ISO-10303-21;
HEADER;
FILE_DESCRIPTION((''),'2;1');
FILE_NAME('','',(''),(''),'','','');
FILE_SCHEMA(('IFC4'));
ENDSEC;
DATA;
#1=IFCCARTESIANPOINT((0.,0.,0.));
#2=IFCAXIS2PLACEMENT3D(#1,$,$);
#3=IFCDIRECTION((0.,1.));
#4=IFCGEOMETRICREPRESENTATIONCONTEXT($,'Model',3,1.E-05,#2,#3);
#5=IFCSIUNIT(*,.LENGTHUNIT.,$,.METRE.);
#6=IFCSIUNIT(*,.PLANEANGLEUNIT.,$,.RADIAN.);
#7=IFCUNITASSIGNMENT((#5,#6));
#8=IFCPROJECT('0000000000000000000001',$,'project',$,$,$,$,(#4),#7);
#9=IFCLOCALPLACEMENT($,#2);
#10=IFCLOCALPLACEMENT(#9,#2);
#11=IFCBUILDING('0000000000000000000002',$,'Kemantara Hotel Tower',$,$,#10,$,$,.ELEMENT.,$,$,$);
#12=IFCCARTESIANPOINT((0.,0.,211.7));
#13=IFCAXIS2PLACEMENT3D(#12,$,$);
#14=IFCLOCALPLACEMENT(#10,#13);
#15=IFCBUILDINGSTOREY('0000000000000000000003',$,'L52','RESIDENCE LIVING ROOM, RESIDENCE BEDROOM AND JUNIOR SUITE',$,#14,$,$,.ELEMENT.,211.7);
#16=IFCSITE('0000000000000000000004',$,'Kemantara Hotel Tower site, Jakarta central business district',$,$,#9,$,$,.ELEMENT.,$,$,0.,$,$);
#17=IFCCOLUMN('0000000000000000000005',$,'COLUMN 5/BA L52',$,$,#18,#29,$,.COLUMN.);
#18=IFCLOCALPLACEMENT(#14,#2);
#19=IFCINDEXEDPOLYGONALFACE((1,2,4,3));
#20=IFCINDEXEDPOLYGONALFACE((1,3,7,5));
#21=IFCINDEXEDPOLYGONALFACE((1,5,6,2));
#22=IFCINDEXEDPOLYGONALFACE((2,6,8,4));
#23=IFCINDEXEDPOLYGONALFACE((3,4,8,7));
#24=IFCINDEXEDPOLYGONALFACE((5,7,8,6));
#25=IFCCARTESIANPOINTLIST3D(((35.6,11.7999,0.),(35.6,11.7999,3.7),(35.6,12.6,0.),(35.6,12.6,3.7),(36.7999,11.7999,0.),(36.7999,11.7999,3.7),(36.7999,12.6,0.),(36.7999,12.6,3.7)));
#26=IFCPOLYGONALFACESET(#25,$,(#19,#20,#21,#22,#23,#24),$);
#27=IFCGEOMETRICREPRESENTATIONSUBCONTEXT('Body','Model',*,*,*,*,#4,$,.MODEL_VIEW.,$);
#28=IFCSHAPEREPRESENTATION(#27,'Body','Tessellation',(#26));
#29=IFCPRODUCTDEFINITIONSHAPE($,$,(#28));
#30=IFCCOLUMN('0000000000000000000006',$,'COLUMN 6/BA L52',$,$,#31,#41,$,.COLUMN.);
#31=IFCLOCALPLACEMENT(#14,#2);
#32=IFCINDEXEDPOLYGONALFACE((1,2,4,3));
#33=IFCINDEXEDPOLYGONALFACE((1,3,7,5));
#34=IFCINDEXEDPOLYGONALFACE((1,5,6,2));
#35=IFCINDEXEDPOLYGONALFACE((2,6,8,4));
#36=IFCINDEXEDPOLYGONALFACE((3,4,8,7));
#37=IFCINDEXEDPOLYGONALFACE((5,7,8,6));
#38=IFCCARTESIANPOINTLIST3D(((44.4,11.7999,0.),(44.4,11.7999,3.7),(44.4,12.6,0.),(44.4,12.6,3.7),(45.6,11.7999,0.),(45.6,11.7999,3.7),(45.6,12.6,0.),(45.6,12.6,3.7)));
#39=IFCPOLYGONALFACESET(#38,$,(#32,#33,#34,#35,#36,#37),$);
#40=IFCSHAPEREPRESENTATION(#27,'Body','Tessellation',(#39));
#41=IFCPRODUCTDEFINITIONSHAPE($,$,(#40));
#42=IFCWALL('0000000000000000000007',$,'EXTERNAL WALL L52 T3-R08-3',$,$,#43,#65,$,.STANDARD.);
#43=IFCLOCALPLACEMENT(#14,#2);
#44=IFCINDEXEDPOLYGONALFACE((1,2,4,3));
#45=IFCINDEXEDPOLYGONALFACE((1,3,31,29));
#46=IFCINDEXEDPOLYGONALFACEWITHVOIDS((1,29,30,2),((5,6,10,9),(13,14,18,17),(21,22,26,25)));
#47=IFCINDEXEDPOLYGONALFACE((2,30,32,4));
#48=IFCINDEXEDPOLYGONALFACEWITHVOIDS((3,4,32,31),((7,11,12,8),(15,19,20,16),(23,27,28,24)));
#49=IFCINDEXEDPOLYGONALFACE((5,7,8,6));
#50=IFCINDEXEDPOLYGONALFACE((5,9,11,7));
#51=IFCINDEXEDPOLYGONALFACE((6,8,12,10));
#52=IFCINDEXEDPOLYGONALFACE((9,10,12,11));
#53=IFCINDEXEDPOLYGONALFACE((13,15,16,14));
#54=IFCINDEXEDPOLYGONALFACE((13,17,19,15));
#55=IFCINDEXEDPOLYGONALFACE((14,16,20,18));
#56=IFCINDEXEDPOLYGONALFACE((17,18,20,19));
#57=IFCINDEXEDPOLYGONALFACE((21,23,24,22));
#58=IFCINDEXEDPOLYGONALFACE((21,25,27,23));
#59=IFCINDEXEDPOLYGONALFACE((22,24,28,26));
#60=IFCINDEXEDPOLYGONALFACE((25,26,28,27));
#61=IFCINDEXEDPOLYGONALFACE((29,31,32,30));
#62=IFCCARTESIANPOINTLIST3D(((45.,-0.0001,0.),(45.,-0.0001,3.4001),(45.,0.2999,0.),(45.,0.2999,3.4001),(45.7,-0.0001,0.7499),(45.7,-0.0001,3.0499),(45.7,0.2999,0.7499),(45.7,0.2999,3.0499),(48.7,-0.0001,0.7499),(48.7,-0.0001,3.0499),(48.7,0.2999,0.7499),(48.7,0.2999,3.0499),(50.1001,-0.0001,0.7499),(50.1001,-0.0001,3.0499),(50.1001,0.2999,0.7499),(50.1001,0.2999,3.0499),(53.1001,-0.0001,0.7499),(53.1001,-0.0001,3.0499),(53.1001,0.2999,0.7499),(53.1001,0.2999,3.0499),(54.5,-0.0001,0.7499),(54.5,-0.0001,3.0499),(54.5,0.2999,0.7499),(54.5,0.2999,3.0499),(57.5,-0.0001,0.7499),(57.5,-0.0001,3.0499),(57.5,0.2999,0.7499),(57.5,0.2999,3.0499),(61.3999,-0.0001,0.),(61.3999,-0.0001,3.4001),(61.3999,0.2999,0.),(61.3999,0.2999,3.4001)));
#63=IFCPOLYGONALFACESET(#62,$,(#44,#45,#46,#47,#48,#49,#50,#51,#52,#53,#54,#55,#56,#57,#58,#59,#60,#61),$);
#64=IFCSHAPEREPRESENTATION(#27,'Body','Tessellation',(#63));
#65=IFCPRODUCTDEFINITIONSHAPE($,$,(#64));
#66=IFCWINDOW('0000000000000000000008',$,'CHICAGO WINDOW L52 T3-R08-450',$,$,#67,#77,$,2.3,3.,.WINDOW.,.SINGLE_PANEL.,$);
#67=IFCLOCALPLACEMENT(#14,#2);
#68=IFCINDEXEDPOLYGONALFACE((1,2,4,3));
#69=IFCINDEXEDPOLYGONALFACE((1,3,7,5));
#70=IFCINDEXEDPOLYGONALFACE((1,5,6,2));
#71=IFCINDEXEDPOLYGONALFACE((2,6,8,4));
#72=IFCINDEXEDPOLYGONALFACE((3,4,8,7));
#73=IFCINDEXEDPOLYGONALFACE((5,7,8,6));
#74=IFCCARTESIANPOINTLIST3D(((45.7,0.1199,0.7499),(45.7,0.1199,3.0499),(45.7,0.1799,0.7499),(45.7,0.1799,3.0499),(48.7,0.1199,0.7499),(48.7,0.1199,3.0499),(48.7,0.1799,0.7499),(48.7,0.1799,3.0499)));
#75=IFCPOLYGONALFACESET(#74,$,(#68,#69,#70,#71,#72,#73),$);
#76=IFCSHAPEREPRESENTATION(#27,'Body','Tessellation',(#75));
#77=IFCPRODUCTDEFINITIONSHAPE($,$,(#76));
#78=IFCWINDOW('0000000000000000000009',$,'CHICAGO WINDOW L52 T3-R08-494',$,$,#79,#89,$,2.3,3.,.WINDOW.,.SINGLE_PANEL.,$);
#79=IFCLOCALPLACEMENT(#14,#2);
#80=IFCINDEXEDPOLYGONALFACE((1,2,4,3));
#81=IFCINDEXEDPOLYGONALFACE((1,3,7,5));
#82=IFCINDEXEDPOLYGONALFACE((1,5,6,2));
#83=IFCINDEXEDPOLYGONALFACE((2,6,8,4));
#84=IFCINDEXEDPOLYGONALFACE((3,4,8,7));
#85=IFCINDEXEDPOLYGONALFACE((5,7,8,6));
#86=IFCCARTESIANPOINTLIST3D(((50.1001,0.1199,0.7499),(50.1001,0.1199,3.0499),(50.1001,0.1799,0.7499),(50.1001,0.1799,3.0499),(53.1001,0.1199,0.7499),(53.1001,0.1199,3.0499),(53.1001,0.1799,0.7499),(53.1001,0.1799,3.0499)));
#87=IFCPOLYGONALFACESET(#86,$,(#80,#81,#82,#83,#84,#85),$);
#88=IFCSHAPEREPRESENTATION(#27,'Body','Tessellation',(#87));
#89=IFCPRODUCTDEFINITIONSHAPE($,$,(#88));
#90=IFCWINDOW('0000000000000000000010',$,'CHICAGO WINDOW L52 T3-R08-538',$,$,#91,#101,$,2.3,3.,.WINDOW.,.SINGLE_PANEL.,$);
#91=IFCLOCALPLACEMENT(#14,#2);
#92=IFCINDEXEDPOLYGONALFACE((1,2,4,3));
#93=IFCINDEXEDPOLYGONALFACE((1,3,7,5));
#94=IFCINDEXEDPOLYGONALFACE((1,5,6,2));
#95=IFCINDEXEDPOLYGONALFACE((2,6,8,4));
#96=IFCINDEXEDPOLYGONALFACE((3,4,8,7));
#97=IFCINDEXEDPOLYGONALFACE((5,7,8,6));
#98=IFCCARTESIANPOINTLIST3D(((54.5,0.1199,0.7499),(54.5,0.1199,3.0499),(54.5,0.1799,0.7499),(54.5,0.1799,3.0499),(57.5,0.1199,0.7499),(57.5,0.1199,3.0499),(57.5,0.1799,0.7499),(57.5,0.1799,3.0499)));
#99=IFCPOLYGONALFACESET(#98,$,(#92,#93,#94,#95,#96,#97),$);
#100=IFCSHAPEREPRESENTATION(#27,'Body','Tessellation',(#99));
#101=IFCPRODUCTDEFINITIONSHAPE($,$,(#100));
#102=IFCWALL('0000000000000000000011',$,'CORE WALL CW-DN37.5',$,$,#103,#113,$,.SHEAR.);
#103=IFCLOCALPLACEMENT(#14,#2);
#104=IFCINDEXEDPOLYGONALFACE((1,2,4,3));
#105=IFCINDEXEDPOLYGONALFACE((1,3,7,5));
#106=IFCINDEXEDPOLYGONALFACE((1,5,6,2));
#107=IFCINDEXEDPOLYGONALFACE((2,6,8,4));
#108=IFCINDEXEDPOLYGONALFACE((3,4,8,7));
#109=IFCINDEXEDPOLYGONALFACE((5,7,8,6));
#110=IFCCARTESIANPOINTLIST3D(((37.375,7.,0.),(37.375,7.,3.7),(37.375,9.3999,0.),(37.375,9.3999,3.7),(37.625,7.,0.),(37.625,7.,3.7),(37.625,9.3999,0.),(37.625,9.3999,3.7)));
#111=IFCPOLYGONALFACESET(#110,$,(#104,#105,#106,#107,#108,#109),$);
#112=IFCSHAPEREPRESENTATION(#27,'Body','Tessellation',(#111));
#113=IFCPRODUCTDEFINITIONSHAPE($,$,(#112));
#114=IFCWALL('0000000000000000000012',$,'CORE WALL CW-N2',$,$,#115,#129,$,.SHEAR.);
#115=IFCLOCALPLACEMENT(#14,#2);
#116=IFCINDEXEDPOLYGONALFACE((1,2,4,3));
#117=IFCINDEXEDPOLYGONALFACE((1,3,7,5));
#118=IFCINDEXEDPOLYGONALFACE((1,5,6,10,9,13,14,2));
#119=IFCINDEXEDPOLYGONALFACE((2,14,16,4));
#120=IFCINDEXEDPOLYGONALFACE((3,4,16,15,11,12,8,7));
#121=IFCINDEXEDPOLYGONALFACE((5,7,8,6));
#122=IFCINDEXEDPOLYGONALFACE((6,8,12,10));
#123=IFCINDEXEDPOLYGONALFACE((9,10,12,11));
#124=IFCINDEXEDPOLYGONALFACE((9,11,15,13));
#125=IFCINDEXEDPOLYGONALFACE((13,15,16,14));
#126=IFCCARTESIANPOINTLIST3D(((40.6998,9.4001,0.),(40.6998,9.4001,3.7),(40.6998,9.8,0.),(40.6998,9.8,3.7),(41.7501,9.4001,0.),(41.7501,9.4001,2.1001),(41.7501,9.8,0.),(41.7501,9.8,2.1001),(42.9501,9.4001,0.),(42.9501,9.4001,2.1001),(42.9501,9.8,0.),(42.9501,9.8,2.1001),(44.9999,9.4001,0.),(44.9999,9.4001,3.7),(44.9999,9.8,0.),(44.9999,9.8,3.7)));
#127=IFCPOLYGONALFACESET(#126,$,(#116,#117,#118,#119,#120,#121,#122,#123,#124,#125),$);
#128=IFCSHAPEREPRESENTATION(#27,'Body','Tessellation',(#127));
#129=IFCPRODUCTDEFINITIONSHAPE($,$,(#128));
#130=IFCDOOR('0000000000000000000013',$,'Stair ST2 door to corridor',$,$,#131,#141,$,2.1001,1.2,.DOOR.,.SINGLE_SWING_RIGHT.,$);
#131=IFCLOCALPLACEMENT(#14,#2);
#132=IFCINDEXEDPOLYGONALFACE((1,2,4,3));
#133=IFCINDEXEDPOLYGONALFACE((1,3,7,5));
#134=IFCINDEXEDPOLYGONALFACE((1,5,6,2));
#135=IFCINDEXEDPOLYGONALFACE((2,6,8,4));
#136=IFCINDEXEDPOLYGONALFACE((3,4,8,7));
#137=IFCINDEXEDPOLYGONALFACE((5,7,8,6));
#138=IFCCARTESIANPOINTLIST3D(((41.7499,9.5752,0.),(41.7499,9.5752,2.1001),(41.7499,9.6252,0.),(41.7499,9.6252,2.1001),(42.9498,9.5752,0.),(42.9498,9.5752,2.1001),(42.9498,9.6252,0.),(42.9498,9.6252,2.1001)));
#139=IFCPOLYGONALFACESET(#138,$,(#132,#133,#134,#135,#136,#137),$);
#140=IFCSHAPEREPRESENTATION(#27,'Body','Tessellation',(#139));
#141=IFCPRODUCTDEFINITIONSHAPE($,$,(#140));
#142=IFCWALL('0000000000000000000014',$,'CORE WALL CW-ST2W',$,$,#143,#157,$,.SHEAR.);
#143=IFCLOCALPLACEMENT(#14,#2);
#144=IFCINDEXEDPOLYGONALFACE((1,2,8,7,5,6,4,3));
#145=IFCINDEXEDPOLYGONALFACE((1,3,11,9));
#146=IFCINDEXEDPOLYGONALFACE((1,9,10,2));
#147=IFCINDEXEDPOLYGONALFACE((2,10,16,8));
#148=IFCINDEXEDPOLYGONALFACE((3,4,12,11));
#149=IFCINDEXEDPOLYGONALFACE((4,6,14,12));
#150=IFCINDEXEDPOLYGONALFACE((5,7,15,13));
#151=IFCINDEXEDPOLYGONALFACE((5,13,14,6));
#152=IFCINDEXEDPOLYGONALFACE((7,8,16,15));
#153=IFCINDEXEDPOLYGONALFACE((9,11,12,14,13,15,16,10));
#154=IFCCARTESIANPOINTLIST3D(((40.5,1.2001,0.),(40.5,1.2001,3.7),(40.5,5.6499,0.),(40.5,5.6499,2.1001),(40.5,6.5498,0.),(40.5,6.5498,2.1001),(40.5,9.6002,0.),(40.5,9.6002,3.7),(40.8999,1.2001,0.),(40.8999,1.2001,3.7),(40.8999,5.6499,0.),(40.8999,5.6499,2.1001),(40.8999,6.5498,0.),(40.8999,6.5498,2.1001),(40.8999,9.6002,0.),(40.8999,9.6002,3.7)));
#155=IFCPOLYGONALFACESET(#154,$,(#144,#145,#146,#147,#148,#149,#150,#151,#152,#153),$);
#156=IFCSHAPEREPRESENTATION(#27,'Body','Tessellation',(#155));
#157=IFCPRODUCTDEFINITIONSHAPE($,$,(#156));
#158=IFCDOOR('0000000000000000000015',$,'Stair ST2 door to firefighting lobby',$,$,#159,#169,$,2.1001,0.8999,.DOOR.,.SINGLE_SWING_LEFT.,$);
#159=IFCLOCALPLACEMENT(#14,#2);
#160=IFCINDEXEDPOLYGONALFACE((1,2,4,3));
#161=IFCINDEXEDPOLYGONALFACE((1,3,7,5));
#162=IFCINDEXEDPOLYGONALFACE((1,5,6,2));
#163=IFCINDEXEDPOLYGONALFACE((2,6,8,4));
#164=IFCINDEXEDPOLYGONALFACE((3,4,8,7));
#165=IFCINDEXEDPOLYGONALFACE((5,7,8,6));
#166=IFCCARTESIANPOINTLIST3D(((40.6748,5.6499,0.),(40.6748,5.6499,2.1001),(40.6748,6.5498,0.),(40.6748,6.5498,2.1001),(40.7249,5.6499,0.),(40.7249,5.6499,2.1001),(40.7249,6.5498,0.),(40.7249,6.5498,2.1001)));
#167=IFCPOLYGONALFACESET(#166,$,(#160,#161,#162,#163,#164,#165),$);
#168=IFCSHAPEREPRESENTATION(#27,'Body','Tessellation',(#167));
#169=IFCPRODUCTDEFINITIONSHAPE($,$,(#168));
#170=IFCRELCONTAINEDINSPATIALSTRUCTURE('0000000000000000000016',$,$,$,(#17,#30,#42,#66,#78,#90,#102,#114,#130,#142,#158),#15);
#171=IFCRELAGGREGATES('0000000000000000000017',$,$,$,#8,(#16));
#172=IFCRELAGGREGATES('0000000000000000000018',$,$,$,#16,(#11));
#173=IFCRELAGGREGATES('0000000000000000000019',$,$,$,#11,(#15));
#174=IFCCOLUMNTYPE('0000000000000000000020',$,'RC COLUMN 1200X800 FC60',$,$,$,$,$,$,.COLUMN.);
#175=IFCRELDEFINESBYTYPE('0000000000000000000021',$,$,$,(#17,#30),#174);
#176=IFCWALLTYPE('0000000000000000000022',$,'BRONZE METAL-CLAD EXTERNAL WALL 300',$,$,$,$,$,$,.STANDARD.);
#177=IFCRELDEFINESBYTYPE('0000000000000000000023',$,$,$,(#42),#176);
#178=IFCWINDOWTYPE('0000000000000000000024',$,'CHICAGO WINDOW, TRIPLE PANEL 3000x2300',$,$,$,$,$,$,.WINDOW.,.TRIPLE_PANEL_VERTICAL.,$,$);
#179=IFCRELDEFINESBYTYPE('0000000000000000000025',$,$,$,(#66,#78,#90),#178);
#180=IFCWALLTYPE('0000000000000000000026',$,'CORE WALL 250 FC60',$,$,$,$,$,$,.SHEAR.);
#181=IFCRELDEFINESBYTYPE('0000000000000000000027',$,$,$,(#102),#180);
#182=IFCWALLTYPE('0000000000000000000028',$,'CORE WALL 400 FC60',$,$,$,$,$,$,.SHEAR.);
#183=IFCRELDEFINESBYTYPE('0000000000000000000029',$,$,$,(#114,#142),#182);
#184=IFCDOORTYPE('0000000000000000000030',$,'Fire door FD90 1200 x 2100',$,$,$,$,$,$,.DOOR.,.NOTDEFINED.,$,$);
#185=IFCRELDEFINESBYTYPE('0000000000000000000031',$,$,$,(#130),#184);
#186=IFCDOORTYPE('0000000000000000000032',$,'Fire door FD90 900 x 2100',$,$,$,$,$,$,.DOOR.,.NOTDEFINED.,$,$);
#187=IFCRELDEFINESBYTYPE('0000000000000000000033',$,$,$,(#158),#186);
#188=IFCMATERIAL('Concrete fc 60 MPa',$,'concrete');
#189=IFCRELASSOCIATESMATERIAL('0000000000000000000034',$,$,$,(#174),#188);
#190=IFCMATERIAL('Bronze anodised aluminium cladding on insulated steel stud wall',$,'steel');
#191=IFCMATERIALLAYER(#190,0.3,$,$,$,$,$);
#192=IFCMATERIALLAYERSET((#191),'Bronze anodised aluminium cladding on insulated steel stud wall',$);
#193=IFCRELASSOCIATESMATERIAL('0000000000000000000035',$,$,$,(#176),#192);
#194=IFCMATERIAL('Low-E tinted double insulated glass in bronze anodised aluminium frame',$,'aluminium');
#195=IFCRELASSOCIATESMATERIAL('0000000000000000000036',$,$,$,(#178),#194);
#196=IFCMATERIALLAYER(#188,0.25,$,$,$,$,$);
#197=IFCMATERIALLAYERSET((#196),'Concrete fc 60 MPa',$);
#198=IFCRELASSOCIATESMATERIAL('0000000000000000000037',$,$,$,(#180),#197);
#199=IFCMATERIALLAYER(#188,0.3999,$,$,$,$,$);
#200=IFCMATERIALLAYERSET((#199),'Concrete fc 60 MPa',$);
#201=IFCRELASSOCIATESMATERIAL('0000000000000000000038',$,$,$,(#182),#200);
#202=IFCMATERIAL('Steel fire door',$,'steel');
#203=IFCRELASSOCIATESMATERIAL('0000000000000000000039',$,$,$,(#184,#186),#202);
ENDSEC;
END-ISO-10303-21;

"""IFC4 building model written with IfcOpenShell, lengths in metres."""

from ifc_helpers import new_model, si_unit, direction, frame, frame_2d, origin, origin_2d, place, context, subcontext, project, spatial, rectangle, extrude, material, layer, layer_set, material_profile, profile_set, type_object, element, fill, save


model = new_model("IFC4")

# Units and contexts
model_context = context("Model", 3, precision=1e-05, world=origin(), true_north=direction((0.0, 1.0)))
body_context = subcontext(model_context, "Body", "Model", "MODEL_VIEW")
ifc_project = project(units=[si_unit("LENGTHUNIT", "METRE"), si_unit("PLANEANGLEUNIT", "RADIAN")], contexts=[model_context])

# Site, building, storey
site_placement = place(None, origin())
site = spatial("IfcSite", under=ifc_project, at=site_placement, Name="Kemantara Hotel Tower site, Jakarta central business district", CompositionType="ELEMENT", RefElevation=0.0)
building_placement = place(site_placement, origin())
building = spatial("IfcBuilding", under=site, at=building_placement, Name="Kemantara Hotel Tower", CompositionType="ELEMENT")
storey_placement = place(building_placement, frame((0.0, 0.0, 211.7)))
storey = spatial("IfcBuildingStorey", under=building, at=storey_placement, Name="L52", Description="RESIDENCE LIVING ROOM, RESIDENCE BEDROOM AND JUNIOR SUITE", CompositionType="ELEMENT", Elevation=211.7)

# Columns
ifc_material_1 = material(Name="Concrete fc 60 MPa", Category="concrete")
ifc_material_profile = material_profile(ifc_material_1, rectangle(XDim=1.2, YDim=0.8, at=origin_2d()), Name="RC 1200X800")
ifc_profile_set = profile_set([ifc_material_profile], Name="Concrete fc 60 MPa")
column_type = type_object("IfcColumnType", Name="RC COLUMN 1200X800 FC60", PredefinedType="COLUMN", material=ifc_profile_set)
for number, where, z_axis, x_axis, name in (
    (1, (36.2, 12.2, 0.0), (0.0, 0.0, 1.0), (1.0, 0.0, 0.0), "COLUMN 5/BA L52"),
    (2, (45.0, 12.2, 0.0), (0.0, 0.0, 1.0), (1.0, 0.0, 0.0), "COLUMN 6/BA L52"),
):
    element("IfcColumn", number, at=place(storey_placement, frame(where, z_axis=z_axis, x_axis=x_axis)), inside=storey, type_object=column_type, Name=name, PredefinedType="COLUMN", context=body_context, shape_type="SweptSolid", body=[
        extrude(rectangle(XDim=1.2, YDim=0.8, at=origin_2d()), origin(), (0.0, 0.0, 1.0), 3.7),
    ])

# Wall, openings, windows
ifc_material_2 = material(Name="Bronze anodised aluminium cladding on insulated steel stud wall", Category="steel")
ifc_layer_1 = layer(ifc_material_2, 0.3)
ifc_layer_set_1 = layer_set([ifc_layer_1], Name="Bronze anodised aluminium cladding on insulated steel stud wall")
wall_type_1 = type_object("IfcWallType", Name="BRONZE METAL-CLAD EXTERNAL WALL 300", PredefinedType="STANDARD", material=ifc_layer_set_1)
wall_1_placement = place(storey_placement, frame((45.0, 0.1499, 0.0), z_axis=(0.0, 0.0, 1.0), x_axis=(1.0, 0.0, 0.0)))
wall_1 = element("IfcWall", 3, at=wall_1_placement, inside=storey, type_object=wall_type_1, Name="EXTERNAL WALL L52 T3-R08-3", PredefinedType="STANDARD", context=body_context, shape_type="SweptSolid", body=[
    extrude(rectangle(XDim=16.3999, YDim=0.3, at=frame_2d((8.2, 0.0))), origin(), (0.0, 0.0, 1.0), 3.4001),
])
opening_1_placement = place(wall_1_placement, frame((0.7, 0.0, 0.75)))
opening_1 = element("IfcOpeningElement", 4, at=opening_1_placement, cuts=wall_1, PredefinedType="OPENING", context=body_context, shape_type="SweptSolid", body=[
    extrude(rectangle(XDim=3.0, YDim=2.3, at=frame_2d((1.5, 1.1499))), frame((0.0, 0.1599, 0.0), z_axis=(0.0, -1.0, 0.0), x_axis=(1.0, 0.0, 0.0)), (0.0, 0.0, 1.0), 0.3201),
])
opening_2_placement = place(wall_1_placement, frame((5.1001, 0.0, 0.75)))
opening_2 = element("IfcOpeningElement", 5, at=opening_2_placement, cuts=wall_1, PredefinedType="OPENING", context=body_context, shape_type="SweptSolid", body=[
    extrude(rectangle(XDim=3.0, YDim=2.3, at=frame_2d((1.5, 1.1499))), frame((0.0, 0.1599, 0.0), z_axis=(0.0, -1.0, 0.0), x_axis=(1.0, 0.0, 0.0)), (0.0, 0.0, 1.0), 0.3201),
])
opening_3_placement = place(wall_1_placement, frame((9.5, 0.0, 0.75)))
opening_3 = element("IfcOpeningElement", 6, at=opening_3_placement, cuts=wall_1, PredefinedType="OPENING", context=body_context, shape_type="SweptSolid", body=[
    extrude(rectangle(XDim=3.0, YDim=2.3, at=frame_2d((1.5, 1.1499))), frame((0.0, 0.1599, 0.0), z_axis=(0.0, -1.0, 0.0), x_axis=(1.0, 0.0, 0.0)), (0.0, 0.0, 1.0), 0.3201),
])
ifc_material_3 = material(Name="Low-E tinted double insulated glass in bronze anodised aluminium frame", Category="aluminium")
window_type = type_object("IfcWindowType", Name="CHICAGO WINDOW, TRIPLE PANEL 3000x2300", PartitioningType="TRIPLE_PANEL_VERTICAL", PredefinedType="WINDOW", material=ifc_material_3)
window_1_placement = place(opening_1_placement, origin())
window_1 = element("IfcWindow", 7, at=window_1_placement, inside=storey, type_object=window_type, Name="CHICAGO WINDOW L52 T3-R08-450", OverallHeight=2.3, OverallWidth=3.0, PartitioningType="SINGLE_PANEL", PredefinedType="WINDOW", context=body_context, shape_type="SweptSolid", body=[
    extrude(rectangle(XDim=3.0, YDim=2.3, at=frame_2d((1.5, 1.1499))), frame((0.0, 0.03, 0.0), z_axis=(0.0, -1.0, 0.0), x_axis=(1.0, 0.0, 0.0)), (0.0, 0.0, 1.0), 0.0601),
])
fill(opening_1, window_1)
window_2_placement = place(opening_2_placement, origin())
window_2 = element("IfcWindow", 8, at=window_2_placement, inside=storey, type_object=window_type, Name="CHICAGO WINDOW L52 T3-R08-494", OverallHeight=2.3, OverallWidth=3.0, PartitioningType="SINGLE_PANEL", PredefinedType="WINDOW", context=body_context, shape_type="SweptSolid", body=[
    extrude(rectangle(XDim=3.0, YDim=2.3, at=frame_2d((1.5, 1.1499))), frame((0.0, 0.03, 0.0), z_axis=(0.0, -1.0, 0.0), x_axis=(1.0, 0.0, 0.0)), (0.0, 0.0, 1.0), 0.0601),
])
fill(opening_2, window_2)
window_3_placement = place(opening_3_placement, origin())
window_3 = element("IfcWindow", 9, at=window_3_placement, inside=storey, type_object=window_type, Name="CHICAGO WINDOW L52 T3-R08-538", OverallHeight=2.3, OverallWidth=3.0, PartitioningType="SINGLE_PANEL", PredefinedType="WINDOW", context=body_context, shape_type="SweptSolid", body=[
    extrude(rectangle(XDim=3.0, YDim=2.3, at=frame_2d((1.5, 1.1499))), frame((0.0, 0.03, 0.0), z_axis=(0.0, -1.0, 0.0), x_axis=(1.0, 0.0, 0.0)), (0.0, 0.0, 1.0), 0.0601),
])
fill(opening_3, window_3)

# Wall
ifc_layer_2 = layer(ifc_material_1, 0.25)
ifc_layer_set_2 = layer_set([ifc_layer_2], Name="Concrete fc 60 MPa")
wall_type_2 = type_object("IfcWallType", Name="CORE WALL 250 FC60", PredefinedType="SHEAR", material=ifc_layer_set_2)
wall_2_placement = place(storey_placement, frame((37.5, 7.0, 0.0), z_axis=(0.0, 0.0, 1.0), x_axis=(0.0, 1.0, 0.0)))
element("IfcWall", 10, at=wall_2_placement, inside=storey, type_object=wall_type_2, Name="CORE WALL CW-DN37.5", PredefinedType="SHEAR", context=body_context, shape_type="SweptSolid", body=[
    extrude(rectangle(XDim=2.3999, YDim=0.25, at=frame_2d((1.2, 0.0))), origin(), (0.0, 0.0, 1.0), 3.7),
])

# Walls, openings, doors
ifc_layer_3 = layer(ifc_material_1, 0.3999)
ifc_layer_set_3 = layer_set([ifc_layer_3], Name="Concrete fc 60 MPa")
wall_type_3 = type_object("IfcWallType", Name="CORE WALL 400 FC60", PredefinedType="SHEAR", material=ifc_layer_set_3)
wall_3_placement = place(storey_placement, frame((40.7, 9.6001, 0.0), z_axis=(0.0, 0.0, 1.0), x_axis=(1.0, 0.0, 0.0)))
wall_3 = element("IfcWall", 11, at=wall_3_placement, inside=storey, type_object=wall_type_3, Name="CORE WALL CW-N2", PredefinedType="SHEAR", context=body_context, shape_type="SweptSolid", body=[
    extrude(rectangle(XDim=4.3, YDim=0.3999, at=frame_2d((2.1499, 0.0))), origin(), (0.0, 0.0, 1.0), 3.7),
])
opening_4_placement = place(wall_3_placement, frame((1.05, 0.0, 0.0)))
opening_4 = element("IfcOpeningElement", 12, at=opening_4_placement, cuts=wall_3, PredefinedType="OPENING", context=body_context, shape_type="SweptSolid", body=[
    extrude(rectangle(XDim=1.2, YDim=2.1001, at=frame_2d((0.6001, 1.05))), frame((0.0, 0.21, 0.0), z_axis=(0.0, -1.0, 0.0), x_axis=(1.0, 0.0, 0.0)), (0.0, 0.0, 1.0), 0.4199),
])
ifc_material_4 = material(Name="Steel fire door", Category="steel")
door_type_1 = type_object("IfcDoorType", Name="Fire door FD90 1200 x 2100", OperationType="NOTDEFINED", PredefinedType="DOOR", material=ifc_material_4)
door_1_placement = place(opening_4_placement, frame((1.2, 0.0, 0.0), z_axis=(0.0, 0.0, 1.0), x_axis=(-1.0, 0.0, 0.0)))
door_1 = element("IfcDoor", 13, at=door_1_placement, inside=storey, type_object=door_type_1, Name="Stair ST2 door to corridor", OperationType="SINGLE_SWING_RIGHT", OverallHeight=2.1001, OverallWidth=1.2, PredefinedType="DOOR", context=body_context, shape_type="SweptSolid", body=[
    extrude(rectangle(XDim=1.2, YDim=2.1001, at=frame_2d((0.6001, 1.05))), frame((0.0, 0.0249, 0.0), z_axis=(0.0, -1.0, 0.0), x_axis=(1.0, 0.0, 0.0)), (0.0, 0.0, 1.0), 0.05),
])
fill(opening_4, door_1)
wall_4_placement = place(storey_placement, frame((40.7, 1.2, 0.0), z_axis=(0.0, 0.0, 1.0), x_axis=(0.0, 1.0, 0.0)))
wall_4 = element("IfcWall", 14, at=wall_4_placement, inside=storey, type_object=wall_type_3, Name="CORE WALL CW-ST2W", PredefinedType="SHEAR", context=body_context, shape_type="SweptSolid", body=[
    extrude(rectangle(XDim=8.4001, YDim=0.3999, at=frame_2d((4.2002, 0.0))), origin(), (0.0, 0.0, 1.0), 3.7),
])
opening_5_placement = place(wall_4_placement, frame((4.45, 0.0, 0.0)))
opening_5 = element("IfcOpeningElement", 15, at=opening_5_placement, cuts=wall_4, PredefinedType="OPENING", context=body_context, shape_type="SweptSolid", body=[
    extrude(rectangle(XDim=0.8999, YDim=2.1001, at=frame_2d((0.45, 1.05))), frame((0.0, 0.21, 0.0), z_axis=(0.0, -1.0, 0.0), x_axis=(1.0, 0.0, 0.0)), (0.0, 0.0, 1.0), 0.4199),
])
door_type_2 = type_object("IfcDoorType", Name="Fire door FD90 900 x 2100", OperationType="NOTDEFINED", PredefinedType="DOOR", material=ifc_material_4)
door_2_placement = place(opening_5_placement, frame((0.8999, 0.0, 0.0), z_axis=(0.0, 0.0, 1.0), x_axis=(-1.0, 0.0, 0.0)))
door_2 = element("IfcDoor", 16, at=door_2_placement, inside=storey, type_object=door_type_2, Name="Stair ST2 door to firefighting lobby", OperationType="SINGLE_SWING_LEFT", OverallHeight=2.1001, OverallWidth=0.8999, PredefinedType="DOOR", context=body_context, shape_type="SweptSolid", body=[
    extrude(rectangle(XDim=0.8999, YDim=2.1001, at=frame_2d((0.45, 1.05))), frame((0.0, 0.0249, 0.0), z_axis=(0.0, -1.0, 0.0), x_axis=(1.0, 0.0, 0.0)), (0.0, 0.0, 1.0), 0.05),
])
fill(opening_5, door_2)

save(model, "model.ifc")
